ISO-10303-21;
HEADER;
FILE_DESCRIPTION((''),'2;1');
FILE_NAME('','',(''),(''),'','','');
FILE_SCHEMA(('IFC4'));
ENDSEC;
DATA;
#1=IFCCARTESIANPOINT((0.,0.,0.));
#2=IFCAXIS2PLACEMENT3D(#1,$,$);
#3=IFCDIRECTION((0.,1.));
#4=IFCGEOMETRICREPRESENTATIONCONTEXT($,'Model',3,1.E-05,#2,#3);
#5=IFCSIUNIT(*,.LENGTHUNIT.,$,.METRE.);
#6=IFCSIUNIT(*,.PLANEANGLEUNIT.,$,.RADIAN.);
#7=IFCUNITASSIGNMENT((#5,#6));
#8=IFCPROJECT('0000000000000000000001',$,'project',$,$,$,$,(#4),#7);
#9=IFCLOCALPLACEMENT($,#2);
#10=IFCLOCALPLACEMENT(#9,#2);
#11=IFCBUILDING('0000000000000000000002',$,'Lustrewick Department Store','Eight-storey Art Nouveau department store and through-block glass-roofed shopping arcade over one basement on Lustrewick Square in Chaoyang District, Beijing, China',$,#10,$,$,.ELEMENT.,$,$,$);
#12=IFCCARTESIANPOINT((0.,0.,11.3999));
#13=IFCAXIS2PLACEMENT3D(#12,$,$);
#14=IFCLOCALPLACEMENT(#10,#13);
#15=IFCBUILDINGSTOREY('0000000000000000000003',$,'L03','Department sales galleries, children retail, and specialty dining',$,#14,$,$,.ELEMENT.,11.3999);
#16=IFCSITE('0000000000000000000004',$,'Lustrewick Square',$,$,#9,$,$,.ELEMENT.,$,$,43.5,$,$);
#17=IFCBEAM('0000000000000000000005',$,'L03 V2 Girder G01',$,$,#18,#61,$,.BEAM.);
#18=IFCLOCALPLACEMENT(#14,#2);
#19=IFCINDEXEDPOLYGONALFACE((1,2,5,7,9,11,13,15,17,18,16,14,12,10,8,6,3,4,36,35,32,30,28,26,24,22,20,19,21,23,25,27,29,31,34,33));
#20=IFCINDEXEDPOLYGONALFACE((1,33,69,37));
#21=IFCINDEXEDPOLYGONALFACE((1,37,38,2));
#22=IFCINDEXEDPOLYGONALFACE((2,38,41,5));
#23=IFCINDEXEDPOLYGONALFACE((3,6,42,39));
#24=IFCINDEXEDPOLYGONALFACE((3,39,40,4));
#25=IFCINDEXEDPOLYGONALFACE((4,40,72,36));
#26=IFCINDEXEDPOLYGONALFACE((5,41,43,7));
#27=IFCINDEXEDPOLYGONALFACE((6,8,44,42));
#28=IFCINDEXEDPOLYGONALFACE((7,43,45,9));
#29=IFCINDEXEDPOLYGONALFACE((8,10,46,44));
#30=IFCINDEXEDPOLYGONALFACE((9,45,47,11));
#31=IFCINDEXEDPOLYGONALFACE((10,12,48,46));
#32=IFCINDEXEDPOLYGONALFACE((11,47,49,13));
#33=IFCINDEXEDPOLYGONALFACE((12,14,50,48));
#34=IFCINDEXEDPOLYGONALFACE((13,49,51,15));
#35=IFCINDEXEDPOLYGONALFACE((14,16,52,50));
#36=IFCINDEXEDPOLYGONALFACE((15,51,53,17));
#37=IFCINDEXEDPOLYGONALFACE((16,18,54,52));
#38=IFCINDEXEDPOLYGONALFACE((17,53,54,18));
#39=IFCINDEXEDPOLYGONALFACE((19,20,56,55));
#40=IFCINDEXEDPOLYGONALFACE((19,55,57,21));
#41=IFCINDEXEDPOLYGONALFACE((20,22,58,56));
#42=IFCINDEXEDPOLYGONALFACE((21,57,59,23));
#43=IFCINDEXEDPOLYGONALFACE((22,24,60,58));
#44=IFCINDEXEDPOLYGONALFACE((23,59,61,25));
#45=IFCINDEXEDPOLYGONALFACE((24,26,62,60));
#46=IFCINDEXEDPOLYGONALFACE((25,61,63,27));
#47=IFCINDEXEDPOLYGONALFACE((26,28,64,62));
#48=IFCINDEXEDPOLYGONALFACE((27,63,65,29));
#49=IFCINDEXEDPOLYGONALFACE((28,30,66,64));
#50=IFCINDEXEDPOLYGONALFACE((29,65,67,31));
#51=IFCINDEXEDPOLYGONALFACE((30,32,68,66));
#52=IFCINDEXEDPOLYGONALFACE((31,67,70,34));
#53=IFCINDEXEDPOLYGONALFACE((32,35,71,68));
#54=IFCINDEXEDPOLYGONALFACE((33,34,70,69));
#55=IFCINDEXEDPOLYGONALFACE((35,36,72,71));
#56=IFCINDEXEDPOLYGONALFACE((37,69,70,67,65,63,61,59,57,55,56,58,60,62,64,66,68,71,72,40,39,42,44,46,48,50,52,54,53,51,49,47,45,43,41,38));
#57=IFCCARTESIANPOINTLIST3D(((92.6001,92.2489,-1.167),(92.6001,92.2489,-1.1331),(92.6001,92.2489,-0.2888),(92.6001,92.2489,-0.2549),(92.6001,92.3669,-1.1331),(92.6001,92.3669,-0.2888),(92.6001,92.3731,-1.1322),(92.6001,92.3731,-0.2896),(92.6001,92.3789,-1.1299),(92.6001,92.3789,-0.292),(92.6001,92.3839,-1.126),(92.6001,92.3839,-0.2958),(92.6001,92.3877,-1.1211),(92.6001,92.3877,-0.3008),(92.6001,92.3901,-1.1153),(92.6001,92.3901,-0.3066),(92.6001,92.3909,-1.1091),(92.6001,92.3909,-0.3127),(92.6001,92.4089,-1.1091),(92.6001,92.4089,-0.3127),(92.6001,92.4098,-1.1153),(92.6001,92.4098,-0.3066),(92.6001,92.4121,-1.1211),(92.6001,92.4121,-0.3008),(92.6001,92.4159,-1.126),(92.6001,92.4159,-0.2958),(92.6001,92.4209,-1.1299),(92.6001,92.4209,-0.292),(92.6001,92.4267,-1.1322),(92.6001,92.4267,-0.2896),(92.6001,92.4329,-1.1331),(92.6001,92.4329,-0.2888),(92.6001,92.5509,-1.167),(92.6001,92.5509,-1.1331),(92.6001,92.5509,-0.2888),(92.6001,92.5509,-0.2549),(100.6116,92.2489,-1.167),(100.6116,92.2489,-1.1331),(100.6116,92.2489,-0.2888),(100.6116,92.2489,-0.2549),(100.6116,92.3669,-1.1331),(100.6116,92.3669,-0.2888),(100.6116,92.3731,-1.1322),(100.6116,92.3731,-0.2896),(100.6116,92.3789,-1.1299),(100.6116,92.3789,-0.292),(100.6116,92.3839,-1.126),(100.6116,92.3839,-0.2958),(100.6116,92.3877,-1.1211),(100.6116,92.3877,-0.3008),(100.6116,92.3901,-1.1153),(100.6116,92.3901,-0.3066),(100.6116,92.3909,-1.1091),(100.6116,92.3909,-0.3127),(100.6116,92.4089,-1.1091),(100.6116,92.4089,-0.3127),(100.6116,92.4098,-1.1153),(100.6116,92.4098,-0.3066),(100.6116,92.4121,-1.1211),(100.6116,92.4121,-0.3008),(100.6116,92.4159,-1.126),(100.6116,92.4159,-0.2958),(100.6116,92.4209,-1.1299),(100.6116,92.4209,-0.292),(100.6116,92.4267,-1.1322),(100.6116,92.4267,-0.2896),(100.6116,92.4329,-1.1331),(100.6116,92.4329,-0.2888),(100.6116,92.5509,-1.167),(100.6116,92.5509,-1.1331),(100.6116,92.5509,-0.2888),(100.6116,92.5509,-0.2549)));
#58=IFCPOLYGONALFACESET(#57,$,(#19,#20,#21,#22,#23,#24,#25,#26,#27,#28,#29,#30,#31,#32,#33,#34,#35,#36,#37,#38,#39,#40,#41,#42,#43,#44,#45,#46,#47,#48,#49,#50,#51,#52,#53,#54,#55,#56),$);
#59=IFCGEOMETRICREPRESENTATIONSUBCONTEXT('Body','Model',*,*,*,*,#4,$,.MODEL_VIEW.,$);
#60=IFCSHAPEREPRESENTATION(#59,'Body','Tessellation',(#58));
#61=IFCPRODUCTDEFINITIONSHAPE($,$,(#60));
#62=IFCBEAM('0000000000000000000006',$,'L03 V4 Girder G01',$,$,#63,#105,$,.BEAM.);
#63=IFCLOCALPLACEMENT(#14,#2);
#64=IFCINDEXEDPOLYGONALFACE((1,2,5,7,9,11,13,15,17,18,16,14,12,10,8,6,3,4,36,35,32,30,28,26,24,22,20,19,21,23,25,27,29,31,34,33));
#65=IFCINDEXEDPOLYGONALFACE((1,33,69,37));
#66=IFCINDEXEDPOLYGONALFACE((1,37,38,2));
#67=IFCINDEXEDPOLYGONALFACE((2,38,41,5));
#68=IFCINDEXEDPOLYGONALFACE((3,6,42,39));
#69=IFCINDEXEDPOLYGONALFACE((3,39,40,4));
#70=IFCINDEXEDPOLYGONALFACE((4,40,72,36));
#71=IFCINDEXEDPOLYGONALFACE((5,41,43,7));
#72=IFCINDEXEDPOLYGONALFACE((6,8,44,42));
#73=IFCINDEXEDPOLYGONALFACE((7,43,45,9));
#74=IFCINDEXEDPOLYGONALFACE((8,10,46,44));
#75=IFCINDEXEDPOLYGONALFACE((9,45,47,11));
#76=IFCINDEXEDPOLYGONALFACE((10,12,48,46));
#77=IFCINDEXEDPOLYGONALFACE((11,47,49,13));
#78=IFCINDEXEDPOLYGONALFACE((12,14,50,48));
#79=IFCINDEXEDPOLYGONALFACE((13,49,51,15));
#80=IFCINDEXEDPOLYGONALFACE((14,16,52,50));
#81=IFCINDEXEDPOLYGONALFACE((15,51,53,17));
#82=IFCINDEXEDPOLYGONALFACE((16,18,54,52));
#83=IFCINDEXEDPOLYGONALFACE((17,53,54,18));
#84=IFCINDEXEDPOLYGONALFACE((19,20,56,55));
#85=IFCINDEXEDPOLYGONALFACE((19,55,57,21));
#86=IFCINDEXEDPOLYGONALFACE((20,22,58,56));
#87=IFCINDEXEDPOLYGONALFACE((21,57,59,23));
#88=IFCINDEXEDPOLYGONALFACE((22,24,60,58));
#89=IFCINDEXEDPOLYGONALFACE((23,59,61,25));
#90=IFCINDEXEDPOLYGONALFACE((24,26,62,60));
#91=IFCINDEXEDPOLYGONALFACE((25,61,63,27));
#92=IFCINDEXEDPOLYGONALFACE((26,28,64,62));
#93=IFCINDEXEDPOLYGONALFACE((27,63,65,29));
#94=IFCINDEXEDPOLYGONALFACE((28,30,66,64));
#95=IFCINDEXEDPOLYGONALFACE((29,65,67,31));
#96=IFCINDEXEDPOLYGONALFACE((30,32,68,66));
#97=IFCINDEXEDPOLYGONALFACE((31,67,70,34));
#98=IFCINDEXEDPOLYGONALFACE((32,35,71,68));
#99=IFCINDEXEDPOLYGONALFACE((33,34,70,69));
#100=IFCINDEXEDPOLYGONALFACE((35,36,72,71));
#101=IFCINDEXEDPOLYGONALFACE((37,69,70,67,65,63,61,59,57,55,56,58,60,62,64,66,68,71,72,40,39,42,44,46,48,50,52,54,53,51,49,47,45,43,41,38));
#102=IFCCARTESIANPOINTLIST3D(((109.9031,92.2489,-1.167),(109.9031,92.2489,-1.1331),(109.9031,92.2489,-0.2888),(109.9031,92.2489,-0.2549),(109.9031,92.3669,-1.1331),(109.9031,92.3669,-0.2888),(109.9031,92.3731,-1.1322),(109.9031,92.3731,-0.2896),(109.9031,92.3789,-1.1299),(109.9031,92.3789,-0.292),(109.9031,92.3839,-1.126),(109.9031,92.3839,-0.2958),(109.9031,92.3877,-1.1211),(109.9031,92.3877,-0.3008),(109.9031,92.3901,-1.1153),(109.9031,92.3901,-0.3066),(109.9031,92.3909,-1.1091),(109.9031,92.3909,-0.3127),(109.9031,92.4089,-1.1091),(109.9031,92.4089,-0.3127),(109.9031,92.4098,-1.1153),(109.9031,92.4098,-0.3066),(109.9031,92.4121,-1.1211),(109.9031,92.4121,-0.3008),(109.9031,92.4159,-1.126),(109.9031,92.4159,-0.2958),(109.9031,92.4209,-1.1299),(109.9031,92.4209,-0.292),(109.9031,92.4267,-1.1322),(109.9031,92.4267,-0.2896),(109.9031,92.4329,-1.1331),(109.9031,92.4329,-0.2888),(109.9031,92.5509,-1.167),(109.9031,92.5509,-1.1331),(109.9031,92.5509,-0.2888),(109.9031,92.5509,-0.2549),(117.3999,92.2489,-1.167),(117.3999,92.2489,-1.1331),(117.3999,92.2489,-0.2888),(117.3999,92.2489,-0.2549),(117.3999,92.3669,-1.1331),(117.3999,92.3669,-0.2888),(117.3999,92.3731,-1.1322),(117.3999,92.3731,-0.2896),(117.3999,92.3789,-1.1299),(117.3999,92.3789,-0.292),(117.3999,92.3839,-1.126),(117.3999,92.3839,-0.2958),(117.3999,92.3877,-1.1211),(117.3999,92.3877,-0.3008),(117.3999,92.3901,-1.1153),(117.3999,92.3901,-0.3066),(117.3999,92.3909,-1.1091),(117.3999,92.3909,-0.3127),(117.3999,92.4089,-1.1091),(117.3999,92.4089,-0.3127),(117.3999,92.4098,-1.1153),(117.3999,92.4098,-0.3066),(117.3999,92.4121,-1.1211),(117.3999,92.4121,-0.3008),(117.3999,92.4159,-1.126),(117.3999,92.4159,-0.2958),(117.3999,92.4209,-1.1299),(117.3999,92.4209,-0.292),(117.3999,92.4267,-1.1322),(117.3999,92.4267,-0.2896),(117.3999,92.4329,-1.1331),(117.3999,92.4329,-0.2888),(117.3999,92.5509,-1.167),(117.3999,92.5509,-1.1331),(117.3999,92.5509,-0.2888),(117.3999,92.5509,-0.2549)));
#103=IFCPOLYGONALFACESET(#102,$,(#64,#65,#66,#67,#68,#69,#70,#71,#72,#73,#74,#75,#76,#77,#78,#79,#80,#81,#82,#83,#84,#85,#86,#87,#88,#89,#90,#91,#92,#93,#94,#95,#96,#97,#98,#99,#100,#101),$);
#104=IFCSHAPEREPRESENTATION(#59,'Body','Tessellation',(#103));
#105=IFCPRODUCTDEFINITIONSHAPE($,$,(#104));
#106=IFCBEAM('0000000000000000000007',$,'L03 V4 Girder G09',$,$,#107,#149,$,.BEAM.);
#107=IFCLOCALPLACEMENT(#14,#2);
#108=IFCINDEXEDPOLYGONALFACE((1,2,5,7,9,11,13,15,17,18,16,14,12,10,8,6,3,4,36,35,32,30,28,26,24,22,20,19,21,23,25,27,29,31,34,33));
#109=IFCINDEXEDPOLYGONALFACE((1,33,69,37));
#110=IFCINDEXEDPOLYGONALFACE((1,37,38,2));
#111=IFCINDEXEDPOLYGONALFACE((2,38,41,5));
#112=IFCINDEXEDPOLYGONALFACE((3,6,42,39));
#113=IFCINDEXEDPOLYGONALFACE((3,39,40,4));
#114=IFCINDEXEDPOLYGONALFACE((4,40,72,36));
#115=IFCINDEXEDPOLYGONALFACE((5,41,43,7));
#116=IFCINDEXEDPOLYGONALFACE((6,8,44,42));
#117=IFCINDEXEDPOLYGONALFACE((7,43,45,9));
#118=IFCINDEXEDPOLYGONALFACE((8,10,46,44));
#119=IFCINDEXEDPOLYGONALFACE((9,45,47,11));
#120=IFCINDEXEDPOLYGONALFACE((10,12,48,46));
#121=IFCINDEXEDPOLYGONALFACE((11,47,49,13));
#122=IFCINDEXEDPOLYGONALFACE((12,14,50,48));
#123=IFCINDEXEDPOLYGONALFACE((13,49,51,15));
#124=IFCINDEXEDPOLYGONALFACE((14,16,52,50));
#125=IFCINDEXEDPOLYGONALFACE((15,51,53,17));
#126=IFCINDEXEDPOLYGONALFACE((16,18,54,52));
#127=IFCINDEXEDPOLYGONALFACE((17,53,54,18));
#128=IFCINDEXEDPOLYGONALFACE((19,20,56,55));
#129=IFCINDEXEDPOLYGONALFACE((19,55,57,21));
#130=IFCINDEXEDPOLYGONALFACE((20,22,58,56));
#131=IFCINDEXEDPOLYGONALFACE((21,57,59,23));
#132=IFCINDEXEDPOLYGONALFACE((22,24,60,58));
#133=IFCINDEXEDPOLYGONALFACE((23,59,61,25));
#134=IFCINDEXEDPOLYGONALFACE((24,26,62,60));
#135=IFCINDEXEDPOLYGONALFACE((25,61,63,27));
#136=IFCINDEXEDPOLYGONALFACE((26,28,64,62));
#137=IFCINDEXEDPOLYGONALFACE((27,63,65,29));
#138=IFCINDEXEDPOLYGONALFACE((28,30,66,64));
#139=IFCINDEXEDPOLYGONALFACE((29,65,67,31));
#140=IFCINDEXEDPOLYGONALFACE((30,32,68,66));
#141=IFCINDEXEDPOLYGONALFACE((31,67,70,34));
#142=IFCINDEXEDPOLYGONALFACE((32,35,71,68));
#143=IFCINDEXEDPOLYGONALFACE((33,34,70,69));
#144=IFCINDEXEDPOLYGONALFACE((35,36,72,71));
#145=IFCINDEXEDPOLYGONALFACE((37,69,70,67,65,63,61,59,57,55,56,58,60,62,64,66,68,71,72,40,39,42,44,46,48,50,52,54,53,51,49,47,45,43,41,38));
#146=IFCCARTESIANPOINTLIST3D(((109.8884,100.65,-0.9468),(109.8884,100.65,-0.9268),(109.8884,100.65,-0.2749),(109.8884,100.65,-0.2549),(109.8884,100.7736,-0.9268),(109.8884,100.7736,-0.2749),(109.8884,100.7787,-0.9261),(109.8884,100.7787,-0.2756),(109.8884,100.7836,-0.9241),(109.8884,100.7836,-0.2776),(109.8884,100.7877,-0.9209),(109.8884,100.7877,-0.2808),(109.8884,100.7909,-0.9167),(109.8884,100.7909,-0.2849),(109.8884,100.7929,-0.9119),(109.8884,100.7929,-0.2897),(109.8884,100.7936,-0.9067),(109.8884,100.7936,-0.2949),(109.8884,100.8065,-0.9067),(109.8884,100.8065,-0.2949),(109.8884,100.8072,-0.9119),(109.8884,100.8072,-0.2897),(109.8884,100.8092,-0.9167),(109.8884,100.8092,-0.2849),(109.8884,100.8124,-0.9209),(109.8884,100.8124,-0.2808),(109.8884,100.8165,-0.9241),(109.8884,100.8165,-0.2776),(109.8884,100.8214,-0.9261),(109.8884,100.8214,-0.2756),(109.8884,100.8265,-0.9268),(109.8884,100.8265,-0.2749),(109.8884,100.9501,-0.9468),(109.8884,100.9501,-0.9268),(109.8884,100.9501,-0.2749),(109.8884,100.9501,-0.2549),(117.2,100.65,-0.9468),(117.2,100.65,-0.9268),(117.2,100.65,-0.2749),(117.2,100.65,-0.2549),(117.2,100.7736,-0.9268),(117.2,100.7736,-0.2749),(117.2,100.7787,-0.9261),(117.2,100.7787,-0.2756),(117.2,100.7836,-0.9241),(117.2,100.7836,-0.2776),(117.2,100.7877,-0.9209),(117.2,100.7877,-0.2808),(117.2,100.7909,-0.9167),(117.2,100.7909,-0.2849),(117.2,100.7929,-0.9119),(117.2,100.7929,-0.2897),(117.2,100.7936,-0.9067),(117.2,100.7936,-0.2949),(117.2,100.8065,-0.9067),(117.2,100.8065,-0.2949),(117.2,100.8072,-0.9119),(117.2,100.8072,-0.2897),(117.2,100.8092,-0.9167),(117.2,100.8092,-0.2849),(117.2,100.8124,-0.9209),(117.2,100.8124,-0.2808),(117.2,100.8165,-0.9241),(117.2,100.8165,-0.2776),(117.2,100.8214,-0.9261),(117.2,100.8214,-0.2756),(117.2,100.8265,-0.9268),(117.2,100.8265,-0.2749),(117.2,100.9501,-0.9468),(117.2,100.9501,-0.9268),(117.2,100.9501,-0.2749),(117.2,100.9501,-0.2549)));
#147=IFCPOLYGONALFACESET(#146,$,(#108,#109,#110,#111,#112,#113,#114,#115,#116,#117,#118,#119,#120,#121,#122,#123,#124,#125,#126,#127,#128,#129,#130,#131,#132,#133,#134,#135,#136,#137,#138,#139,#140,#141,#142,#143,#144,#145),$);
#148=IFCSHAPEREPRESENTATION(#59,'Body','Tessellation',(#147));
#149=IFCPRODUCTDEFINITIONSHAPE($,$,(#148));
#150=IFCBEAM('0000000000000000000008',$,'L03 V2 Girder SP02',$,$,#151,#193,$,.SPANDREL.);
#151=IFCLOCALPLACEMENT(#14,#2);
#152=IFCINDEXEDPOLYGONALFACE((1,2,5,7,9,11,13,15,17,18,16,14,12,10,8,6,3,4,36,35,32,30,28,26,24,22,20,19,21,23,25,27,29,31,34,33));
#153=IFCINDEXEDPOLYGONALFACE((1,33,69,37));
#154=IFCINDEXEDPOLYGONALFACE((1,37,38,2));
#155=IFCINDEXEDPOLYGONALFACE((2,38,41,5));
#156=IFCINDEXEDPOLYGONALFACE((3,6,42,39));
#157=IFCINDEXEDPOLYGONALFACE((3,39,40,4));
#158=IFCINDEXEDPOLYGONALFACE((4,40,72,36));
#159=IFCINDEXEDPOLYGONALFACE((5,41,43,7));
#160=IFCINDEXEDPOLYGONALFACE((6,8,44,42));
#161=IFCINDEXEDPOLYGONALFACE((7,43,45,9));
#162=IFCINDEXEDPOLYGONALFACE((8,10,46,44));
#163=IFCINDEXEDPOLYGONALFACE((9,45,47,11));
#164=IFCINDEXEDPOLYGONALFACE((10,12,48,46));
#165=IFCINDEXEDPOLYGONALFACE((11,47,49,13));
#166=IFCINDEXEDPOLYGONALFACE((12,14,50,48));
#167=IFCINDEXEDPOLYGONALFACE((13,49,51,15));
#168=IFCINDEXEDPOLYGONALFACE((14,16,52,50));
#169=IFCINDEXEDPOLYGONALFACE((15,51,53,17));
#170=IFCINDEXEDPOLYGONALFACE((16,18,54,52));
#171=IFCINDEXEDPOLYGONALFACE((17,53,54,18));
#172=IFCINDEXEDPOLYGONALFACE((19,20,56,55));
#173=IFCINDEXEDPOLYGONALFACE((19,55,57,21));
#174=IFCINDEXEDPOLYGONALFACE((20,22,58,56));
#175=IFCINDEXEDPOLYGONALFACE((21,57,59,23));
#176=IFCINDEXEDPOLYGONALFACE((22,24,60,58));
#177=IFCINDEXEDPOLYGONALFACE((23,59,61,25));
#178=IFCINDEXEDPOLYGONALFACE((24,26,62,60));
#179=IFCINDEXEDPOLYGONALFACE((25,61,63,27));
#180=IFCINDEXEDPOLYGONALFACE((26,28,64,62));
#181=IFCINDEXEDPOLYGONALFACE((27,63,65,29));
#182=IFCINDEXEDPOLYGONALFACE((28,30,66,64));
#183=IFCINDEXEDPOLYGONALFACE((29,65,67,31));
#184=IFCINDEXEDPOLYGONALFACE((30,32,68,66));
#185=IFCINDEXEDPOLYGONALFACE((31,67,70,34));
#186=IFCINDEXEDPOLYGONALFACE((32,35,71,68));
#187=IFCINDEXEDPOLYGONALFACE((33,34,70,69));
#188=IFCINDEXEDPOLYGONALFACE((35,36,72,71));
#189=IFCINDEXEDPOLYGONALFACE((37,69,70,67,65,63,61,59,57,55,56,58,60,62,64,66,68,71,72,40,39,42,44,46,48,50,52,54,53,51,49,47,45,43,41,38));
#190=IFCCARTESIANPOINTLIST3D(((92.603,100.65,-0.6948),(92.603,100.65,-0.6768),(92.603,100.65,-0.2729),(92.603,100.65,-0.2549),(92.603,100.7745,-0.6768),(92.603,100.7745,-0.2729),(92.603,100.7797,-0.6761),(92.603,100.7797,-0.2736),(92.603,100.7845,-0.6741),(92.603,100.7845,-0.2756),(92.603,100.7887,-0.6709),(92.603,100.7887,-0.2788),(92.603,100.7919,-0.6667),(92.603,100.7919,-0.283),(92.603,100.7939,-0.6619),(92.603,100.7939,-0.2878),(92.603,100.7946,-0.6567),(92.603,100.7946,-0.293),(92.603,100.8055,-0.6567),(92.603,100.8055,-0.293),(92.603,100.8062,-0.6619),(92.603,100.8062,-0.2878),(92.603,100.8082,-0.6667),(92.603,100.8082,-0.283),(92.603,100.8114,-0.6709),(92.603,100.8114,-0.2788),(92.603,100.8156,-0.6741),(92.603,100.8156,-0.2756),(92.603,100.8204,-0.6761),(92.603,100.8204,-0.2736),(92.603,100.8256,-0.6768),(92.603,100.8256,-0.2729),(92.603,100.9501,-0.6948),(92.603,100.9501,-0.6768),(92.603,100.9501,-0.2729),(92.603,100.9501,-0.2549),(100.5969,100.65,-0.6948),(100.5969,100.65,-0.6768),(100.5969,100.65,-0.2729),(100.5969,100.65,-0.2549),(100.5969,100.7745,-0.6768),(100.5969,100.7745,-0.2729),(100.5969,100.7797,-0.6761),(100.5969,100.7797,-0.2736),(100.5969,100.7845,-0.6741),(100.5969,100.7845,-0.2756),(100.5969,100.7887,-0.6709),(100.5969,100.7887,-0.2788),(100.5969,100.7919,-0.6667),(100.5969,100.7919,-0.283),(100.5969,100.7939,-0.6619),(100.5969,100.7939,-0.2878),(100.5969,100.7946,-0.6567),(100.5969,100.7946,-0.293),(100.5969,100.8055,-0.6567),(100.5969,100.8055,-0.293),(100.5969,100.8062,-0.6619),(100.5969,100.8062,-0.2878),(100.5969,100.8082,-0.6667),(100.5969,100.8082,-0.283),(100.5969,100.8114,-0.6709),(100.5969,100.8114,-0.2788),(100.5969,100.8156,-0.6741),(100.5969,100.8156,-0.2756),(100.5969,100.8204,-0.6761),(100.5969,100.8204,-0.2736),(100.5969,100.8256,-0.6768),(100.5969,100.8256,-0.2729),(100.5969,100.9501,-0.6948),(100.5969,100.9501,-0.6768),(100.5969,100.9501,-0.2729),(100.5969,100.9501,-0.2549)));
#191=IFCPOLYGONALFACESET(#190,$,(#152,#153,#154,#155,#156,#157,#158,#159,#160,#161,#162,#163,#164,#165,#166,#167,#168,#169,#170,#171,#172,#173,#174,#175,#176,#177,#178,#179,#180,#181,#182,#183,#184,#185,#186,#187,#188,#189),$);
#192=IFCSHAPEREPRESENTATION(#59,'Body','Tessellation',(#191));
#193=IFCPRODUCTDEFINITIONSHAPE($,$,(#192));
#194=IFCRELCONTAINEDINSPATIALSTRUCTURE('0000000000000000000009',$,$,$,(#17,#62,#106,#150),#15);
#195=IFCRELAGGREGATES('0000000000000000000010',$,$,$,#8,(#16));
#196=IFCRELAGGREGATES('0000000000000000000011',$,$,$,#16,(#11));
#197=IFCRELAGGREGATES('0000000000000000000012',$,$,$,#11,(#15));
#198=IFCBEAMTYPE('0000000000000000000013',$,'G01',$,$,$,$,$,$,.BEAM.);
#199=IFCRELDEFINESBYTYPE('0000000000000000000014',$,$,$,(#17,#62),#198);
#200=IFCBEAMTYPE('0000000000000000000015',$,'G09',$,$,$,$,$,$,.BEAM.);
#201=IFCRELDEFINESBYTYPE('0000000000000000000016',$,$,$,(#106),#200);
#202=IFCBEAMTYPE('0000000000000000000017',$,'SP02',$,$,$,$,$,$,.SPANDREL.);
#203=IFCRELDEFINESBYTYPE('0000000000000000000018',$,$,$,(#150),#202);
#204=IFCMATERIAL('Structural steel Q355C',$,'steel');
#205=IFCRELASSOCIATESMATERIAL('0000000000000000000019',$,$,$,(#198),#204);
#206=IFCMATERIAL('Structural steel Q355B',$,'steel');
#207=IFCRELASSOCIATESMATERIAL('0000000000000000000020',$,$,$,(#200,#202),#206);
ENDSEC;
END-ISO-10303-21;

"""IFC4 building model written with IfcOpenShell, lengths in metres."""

from ifc_helpers import new_model, si_unit, direction, frame, origin, origin_2d, place, context, subcontext, project, spatial, i_section, extrude, material, material_profile, profile_set, type_object, element, save


model = new_model("IFC4")

# Units and contexts
model_context = context("Model", 3, precision=1e-05, world=origin(), true_north=direction((0.0, 1.0)))
body_context = subcontext(model_context, "Body", "Model", "MODEL_VIEW")
ifc_project = project(units=[si_unit("LENGTHUNIT", "METRE"), si_unit("PLANEANGLEUNIT", "RADIAN")], contexts=[model_context])

# Site, building, storey
site_placement = place(None, origin())
site = spatial("IfcSite", under=ifc_project, at=site_placement, Name="Lustrewick Square", CompositionType="ELEMENT", RefElevation=43.5)
building_placement = place(site_placement, origin())
building = spatial("IfcBuilding", under=site, at=building_placement, Name="Lustrewick Department Store", Description="Eight-storey Art Nouveau department store and through-block glass-roofed shopping arcade over one basement on Lustrewick Square in Chaoyang District, Beijing, China", CompositionType="ELEMENT")
storey_placement = place(building_placement, frame((0.0, 0.0, 11.3999)))
storey = spatial("IfcBuildingStorey", under=building, at=storey_placement, Name="L03", Description="Department sales galleries, children retail, and specialty dining", CompositionType="ELEMENT", Elevation=11.3999)

# Shared definitions
ifc_material_1 = material(Name="Structural steel Q355C", Category="steel")
ifc_material_2 = material(Name="Structural steel Q355B", Category="steel")

# Beams
ifc_material_profile_1 = material_profile(ifc_material_1, i_section(OverallWidth=0.302, OverallDepth=0.9121, WebThickness=0.0181, FlangeThickness=0.0339, FilletRadius=0.0239, at=origin_2d()), Name="HN 912x302x18x34")
ifc_profile_set_1 = profile_set([ifc_material_profile_1], Name="Structural steel Q355C")
beam_type_1 = type_object("IfcBeamType", Name="G01", PredefinedType="BEAM", material=ifc_profile_set_1)
beam_1_placement = place(storey_placement, frame((92.6001, 92.3999, -0.7109), z_axis=(1.0, 0.0, 0.0), x_axis=(0.0, 1.0, 0.0)))
element("IfcBeam", 1, at=beam_1_placement, inside=storey, type_object=beam_type_1, Name="L03 V2 Girder G01", PredefinedType="BEAM", context=body_context, shape_type="SweptSolid", body=[
    extrude(i_section(OverallWidth=0.302, OverallDepth=0.9121, WebThickness=0.0181, FlangeThickness=0.0339, FilletRadius=0.0239, at=origin_2d()), origin(), (0.0, 0.0, 1.0), 8.0115),
])
beam_2_placement = place(storey_placement, frame((109.9031, 92.3999, -0.7109), z_axis=(1.0, 0.0, 0.0), x_axis=(0.0, 1.0, 0.0)))
element("IfcBeam", 2, at=beam_2_placement, inside=storey, type_object=beam_type_1, Name="L03 V4 Girder G01", PredefinedType="BEAM", context=body_context, shape_type="SweptSolid", body=[
    extrude(i_section(OverallWidth=0.302, OverallDepth=0.9121, WebThickness=0.0181, FlangeThickness=0.0339, FilletRadius=0.0239, at=origin_2d()), origin(), (0.0, 0.0, 1.0), 7.4968),
])
ifc_material_profile_2 = material_profile(ifc_material_2, i_section(OverallWidth=0.3, OverallDepth=0.6919, WebThickness=0.0129, FlangeThickness=0.02, FilletRadius=0.02, at=origin_2d()), Name="HN 692x300x13x20")
ifc_profile_set_2 = profile_set([ifc_material_profile_2], Name="Structural steel Q355B")
beam_type_2 = type_object("IfcBeamType", Name="G09", PredefinedType="BEAM", material=ifc_profile_set_2)
beam_3_placement = place(storey_placement, frame((109.8884, 100.8, -0.6008), z_axis=(1.0, 0.0, 0.0), x_axis=(0.0, 1.0, 0.0)))
element("IfcBeam", 3, at=beam_3_placement, inside=storey, type_object=beam_type_2, Name="L03 V4 Girder G09", PredefinedType="BEAM", context=body_context, shape_type="SweptSolid", body=[
    extrude(i_section(OverallWidth=0.3, OverallDepth=0.6919, WebThickness=0.0129, FlangeThickness=0.02, FilletRadius=0.02, at=origin_2d()), origin(), (0.0, 0.0, 1.0), 7.3115),
])
ifc_material_profile_3 = material_profile(ifc_material_2, i_section(OverallWidth=0.3, OverallDepth=0.4399, WebThickness=0.011, FlangeThickness=0.0181, FilletRadius=0.02, at=origin_2d()), Name="HM 440x300x11x18")
ifc_profile_set_3 = profile_set([ifc_material_profile_3], Name="Structural steel Q355B")
beam_type_3 = type_object("IfcBeamType", Name="SP02", PredefinedType="SPANDREL", material=ifc_profile_set_3)
beam_4_placement = place(storey_placement, frame((92.603, 100.8, -0.4749), z_axis=(1.0, 0.0, 0.0), x_axis=(0.0, 1.0, 0.0)))
element("IfcBeam", 4, at=beam_4_placement, inside=storey, type_object=beam_type_3, Name="L03 V2 Girder SP02", PredefinedType="SPANDREL", context=body_context, shape_type="SweptSolid", body=[
    extrude(i_section(OverallWidth=0.3, OverallDepth=0.4399, WebThickness=0.011, FlangeThickness=0.0181, FilletRadius=0.02, at=origin_2d()), origin(), (0.0, 0.0, 1.0), 7.9939),
])

save(model, "model.ifc")
